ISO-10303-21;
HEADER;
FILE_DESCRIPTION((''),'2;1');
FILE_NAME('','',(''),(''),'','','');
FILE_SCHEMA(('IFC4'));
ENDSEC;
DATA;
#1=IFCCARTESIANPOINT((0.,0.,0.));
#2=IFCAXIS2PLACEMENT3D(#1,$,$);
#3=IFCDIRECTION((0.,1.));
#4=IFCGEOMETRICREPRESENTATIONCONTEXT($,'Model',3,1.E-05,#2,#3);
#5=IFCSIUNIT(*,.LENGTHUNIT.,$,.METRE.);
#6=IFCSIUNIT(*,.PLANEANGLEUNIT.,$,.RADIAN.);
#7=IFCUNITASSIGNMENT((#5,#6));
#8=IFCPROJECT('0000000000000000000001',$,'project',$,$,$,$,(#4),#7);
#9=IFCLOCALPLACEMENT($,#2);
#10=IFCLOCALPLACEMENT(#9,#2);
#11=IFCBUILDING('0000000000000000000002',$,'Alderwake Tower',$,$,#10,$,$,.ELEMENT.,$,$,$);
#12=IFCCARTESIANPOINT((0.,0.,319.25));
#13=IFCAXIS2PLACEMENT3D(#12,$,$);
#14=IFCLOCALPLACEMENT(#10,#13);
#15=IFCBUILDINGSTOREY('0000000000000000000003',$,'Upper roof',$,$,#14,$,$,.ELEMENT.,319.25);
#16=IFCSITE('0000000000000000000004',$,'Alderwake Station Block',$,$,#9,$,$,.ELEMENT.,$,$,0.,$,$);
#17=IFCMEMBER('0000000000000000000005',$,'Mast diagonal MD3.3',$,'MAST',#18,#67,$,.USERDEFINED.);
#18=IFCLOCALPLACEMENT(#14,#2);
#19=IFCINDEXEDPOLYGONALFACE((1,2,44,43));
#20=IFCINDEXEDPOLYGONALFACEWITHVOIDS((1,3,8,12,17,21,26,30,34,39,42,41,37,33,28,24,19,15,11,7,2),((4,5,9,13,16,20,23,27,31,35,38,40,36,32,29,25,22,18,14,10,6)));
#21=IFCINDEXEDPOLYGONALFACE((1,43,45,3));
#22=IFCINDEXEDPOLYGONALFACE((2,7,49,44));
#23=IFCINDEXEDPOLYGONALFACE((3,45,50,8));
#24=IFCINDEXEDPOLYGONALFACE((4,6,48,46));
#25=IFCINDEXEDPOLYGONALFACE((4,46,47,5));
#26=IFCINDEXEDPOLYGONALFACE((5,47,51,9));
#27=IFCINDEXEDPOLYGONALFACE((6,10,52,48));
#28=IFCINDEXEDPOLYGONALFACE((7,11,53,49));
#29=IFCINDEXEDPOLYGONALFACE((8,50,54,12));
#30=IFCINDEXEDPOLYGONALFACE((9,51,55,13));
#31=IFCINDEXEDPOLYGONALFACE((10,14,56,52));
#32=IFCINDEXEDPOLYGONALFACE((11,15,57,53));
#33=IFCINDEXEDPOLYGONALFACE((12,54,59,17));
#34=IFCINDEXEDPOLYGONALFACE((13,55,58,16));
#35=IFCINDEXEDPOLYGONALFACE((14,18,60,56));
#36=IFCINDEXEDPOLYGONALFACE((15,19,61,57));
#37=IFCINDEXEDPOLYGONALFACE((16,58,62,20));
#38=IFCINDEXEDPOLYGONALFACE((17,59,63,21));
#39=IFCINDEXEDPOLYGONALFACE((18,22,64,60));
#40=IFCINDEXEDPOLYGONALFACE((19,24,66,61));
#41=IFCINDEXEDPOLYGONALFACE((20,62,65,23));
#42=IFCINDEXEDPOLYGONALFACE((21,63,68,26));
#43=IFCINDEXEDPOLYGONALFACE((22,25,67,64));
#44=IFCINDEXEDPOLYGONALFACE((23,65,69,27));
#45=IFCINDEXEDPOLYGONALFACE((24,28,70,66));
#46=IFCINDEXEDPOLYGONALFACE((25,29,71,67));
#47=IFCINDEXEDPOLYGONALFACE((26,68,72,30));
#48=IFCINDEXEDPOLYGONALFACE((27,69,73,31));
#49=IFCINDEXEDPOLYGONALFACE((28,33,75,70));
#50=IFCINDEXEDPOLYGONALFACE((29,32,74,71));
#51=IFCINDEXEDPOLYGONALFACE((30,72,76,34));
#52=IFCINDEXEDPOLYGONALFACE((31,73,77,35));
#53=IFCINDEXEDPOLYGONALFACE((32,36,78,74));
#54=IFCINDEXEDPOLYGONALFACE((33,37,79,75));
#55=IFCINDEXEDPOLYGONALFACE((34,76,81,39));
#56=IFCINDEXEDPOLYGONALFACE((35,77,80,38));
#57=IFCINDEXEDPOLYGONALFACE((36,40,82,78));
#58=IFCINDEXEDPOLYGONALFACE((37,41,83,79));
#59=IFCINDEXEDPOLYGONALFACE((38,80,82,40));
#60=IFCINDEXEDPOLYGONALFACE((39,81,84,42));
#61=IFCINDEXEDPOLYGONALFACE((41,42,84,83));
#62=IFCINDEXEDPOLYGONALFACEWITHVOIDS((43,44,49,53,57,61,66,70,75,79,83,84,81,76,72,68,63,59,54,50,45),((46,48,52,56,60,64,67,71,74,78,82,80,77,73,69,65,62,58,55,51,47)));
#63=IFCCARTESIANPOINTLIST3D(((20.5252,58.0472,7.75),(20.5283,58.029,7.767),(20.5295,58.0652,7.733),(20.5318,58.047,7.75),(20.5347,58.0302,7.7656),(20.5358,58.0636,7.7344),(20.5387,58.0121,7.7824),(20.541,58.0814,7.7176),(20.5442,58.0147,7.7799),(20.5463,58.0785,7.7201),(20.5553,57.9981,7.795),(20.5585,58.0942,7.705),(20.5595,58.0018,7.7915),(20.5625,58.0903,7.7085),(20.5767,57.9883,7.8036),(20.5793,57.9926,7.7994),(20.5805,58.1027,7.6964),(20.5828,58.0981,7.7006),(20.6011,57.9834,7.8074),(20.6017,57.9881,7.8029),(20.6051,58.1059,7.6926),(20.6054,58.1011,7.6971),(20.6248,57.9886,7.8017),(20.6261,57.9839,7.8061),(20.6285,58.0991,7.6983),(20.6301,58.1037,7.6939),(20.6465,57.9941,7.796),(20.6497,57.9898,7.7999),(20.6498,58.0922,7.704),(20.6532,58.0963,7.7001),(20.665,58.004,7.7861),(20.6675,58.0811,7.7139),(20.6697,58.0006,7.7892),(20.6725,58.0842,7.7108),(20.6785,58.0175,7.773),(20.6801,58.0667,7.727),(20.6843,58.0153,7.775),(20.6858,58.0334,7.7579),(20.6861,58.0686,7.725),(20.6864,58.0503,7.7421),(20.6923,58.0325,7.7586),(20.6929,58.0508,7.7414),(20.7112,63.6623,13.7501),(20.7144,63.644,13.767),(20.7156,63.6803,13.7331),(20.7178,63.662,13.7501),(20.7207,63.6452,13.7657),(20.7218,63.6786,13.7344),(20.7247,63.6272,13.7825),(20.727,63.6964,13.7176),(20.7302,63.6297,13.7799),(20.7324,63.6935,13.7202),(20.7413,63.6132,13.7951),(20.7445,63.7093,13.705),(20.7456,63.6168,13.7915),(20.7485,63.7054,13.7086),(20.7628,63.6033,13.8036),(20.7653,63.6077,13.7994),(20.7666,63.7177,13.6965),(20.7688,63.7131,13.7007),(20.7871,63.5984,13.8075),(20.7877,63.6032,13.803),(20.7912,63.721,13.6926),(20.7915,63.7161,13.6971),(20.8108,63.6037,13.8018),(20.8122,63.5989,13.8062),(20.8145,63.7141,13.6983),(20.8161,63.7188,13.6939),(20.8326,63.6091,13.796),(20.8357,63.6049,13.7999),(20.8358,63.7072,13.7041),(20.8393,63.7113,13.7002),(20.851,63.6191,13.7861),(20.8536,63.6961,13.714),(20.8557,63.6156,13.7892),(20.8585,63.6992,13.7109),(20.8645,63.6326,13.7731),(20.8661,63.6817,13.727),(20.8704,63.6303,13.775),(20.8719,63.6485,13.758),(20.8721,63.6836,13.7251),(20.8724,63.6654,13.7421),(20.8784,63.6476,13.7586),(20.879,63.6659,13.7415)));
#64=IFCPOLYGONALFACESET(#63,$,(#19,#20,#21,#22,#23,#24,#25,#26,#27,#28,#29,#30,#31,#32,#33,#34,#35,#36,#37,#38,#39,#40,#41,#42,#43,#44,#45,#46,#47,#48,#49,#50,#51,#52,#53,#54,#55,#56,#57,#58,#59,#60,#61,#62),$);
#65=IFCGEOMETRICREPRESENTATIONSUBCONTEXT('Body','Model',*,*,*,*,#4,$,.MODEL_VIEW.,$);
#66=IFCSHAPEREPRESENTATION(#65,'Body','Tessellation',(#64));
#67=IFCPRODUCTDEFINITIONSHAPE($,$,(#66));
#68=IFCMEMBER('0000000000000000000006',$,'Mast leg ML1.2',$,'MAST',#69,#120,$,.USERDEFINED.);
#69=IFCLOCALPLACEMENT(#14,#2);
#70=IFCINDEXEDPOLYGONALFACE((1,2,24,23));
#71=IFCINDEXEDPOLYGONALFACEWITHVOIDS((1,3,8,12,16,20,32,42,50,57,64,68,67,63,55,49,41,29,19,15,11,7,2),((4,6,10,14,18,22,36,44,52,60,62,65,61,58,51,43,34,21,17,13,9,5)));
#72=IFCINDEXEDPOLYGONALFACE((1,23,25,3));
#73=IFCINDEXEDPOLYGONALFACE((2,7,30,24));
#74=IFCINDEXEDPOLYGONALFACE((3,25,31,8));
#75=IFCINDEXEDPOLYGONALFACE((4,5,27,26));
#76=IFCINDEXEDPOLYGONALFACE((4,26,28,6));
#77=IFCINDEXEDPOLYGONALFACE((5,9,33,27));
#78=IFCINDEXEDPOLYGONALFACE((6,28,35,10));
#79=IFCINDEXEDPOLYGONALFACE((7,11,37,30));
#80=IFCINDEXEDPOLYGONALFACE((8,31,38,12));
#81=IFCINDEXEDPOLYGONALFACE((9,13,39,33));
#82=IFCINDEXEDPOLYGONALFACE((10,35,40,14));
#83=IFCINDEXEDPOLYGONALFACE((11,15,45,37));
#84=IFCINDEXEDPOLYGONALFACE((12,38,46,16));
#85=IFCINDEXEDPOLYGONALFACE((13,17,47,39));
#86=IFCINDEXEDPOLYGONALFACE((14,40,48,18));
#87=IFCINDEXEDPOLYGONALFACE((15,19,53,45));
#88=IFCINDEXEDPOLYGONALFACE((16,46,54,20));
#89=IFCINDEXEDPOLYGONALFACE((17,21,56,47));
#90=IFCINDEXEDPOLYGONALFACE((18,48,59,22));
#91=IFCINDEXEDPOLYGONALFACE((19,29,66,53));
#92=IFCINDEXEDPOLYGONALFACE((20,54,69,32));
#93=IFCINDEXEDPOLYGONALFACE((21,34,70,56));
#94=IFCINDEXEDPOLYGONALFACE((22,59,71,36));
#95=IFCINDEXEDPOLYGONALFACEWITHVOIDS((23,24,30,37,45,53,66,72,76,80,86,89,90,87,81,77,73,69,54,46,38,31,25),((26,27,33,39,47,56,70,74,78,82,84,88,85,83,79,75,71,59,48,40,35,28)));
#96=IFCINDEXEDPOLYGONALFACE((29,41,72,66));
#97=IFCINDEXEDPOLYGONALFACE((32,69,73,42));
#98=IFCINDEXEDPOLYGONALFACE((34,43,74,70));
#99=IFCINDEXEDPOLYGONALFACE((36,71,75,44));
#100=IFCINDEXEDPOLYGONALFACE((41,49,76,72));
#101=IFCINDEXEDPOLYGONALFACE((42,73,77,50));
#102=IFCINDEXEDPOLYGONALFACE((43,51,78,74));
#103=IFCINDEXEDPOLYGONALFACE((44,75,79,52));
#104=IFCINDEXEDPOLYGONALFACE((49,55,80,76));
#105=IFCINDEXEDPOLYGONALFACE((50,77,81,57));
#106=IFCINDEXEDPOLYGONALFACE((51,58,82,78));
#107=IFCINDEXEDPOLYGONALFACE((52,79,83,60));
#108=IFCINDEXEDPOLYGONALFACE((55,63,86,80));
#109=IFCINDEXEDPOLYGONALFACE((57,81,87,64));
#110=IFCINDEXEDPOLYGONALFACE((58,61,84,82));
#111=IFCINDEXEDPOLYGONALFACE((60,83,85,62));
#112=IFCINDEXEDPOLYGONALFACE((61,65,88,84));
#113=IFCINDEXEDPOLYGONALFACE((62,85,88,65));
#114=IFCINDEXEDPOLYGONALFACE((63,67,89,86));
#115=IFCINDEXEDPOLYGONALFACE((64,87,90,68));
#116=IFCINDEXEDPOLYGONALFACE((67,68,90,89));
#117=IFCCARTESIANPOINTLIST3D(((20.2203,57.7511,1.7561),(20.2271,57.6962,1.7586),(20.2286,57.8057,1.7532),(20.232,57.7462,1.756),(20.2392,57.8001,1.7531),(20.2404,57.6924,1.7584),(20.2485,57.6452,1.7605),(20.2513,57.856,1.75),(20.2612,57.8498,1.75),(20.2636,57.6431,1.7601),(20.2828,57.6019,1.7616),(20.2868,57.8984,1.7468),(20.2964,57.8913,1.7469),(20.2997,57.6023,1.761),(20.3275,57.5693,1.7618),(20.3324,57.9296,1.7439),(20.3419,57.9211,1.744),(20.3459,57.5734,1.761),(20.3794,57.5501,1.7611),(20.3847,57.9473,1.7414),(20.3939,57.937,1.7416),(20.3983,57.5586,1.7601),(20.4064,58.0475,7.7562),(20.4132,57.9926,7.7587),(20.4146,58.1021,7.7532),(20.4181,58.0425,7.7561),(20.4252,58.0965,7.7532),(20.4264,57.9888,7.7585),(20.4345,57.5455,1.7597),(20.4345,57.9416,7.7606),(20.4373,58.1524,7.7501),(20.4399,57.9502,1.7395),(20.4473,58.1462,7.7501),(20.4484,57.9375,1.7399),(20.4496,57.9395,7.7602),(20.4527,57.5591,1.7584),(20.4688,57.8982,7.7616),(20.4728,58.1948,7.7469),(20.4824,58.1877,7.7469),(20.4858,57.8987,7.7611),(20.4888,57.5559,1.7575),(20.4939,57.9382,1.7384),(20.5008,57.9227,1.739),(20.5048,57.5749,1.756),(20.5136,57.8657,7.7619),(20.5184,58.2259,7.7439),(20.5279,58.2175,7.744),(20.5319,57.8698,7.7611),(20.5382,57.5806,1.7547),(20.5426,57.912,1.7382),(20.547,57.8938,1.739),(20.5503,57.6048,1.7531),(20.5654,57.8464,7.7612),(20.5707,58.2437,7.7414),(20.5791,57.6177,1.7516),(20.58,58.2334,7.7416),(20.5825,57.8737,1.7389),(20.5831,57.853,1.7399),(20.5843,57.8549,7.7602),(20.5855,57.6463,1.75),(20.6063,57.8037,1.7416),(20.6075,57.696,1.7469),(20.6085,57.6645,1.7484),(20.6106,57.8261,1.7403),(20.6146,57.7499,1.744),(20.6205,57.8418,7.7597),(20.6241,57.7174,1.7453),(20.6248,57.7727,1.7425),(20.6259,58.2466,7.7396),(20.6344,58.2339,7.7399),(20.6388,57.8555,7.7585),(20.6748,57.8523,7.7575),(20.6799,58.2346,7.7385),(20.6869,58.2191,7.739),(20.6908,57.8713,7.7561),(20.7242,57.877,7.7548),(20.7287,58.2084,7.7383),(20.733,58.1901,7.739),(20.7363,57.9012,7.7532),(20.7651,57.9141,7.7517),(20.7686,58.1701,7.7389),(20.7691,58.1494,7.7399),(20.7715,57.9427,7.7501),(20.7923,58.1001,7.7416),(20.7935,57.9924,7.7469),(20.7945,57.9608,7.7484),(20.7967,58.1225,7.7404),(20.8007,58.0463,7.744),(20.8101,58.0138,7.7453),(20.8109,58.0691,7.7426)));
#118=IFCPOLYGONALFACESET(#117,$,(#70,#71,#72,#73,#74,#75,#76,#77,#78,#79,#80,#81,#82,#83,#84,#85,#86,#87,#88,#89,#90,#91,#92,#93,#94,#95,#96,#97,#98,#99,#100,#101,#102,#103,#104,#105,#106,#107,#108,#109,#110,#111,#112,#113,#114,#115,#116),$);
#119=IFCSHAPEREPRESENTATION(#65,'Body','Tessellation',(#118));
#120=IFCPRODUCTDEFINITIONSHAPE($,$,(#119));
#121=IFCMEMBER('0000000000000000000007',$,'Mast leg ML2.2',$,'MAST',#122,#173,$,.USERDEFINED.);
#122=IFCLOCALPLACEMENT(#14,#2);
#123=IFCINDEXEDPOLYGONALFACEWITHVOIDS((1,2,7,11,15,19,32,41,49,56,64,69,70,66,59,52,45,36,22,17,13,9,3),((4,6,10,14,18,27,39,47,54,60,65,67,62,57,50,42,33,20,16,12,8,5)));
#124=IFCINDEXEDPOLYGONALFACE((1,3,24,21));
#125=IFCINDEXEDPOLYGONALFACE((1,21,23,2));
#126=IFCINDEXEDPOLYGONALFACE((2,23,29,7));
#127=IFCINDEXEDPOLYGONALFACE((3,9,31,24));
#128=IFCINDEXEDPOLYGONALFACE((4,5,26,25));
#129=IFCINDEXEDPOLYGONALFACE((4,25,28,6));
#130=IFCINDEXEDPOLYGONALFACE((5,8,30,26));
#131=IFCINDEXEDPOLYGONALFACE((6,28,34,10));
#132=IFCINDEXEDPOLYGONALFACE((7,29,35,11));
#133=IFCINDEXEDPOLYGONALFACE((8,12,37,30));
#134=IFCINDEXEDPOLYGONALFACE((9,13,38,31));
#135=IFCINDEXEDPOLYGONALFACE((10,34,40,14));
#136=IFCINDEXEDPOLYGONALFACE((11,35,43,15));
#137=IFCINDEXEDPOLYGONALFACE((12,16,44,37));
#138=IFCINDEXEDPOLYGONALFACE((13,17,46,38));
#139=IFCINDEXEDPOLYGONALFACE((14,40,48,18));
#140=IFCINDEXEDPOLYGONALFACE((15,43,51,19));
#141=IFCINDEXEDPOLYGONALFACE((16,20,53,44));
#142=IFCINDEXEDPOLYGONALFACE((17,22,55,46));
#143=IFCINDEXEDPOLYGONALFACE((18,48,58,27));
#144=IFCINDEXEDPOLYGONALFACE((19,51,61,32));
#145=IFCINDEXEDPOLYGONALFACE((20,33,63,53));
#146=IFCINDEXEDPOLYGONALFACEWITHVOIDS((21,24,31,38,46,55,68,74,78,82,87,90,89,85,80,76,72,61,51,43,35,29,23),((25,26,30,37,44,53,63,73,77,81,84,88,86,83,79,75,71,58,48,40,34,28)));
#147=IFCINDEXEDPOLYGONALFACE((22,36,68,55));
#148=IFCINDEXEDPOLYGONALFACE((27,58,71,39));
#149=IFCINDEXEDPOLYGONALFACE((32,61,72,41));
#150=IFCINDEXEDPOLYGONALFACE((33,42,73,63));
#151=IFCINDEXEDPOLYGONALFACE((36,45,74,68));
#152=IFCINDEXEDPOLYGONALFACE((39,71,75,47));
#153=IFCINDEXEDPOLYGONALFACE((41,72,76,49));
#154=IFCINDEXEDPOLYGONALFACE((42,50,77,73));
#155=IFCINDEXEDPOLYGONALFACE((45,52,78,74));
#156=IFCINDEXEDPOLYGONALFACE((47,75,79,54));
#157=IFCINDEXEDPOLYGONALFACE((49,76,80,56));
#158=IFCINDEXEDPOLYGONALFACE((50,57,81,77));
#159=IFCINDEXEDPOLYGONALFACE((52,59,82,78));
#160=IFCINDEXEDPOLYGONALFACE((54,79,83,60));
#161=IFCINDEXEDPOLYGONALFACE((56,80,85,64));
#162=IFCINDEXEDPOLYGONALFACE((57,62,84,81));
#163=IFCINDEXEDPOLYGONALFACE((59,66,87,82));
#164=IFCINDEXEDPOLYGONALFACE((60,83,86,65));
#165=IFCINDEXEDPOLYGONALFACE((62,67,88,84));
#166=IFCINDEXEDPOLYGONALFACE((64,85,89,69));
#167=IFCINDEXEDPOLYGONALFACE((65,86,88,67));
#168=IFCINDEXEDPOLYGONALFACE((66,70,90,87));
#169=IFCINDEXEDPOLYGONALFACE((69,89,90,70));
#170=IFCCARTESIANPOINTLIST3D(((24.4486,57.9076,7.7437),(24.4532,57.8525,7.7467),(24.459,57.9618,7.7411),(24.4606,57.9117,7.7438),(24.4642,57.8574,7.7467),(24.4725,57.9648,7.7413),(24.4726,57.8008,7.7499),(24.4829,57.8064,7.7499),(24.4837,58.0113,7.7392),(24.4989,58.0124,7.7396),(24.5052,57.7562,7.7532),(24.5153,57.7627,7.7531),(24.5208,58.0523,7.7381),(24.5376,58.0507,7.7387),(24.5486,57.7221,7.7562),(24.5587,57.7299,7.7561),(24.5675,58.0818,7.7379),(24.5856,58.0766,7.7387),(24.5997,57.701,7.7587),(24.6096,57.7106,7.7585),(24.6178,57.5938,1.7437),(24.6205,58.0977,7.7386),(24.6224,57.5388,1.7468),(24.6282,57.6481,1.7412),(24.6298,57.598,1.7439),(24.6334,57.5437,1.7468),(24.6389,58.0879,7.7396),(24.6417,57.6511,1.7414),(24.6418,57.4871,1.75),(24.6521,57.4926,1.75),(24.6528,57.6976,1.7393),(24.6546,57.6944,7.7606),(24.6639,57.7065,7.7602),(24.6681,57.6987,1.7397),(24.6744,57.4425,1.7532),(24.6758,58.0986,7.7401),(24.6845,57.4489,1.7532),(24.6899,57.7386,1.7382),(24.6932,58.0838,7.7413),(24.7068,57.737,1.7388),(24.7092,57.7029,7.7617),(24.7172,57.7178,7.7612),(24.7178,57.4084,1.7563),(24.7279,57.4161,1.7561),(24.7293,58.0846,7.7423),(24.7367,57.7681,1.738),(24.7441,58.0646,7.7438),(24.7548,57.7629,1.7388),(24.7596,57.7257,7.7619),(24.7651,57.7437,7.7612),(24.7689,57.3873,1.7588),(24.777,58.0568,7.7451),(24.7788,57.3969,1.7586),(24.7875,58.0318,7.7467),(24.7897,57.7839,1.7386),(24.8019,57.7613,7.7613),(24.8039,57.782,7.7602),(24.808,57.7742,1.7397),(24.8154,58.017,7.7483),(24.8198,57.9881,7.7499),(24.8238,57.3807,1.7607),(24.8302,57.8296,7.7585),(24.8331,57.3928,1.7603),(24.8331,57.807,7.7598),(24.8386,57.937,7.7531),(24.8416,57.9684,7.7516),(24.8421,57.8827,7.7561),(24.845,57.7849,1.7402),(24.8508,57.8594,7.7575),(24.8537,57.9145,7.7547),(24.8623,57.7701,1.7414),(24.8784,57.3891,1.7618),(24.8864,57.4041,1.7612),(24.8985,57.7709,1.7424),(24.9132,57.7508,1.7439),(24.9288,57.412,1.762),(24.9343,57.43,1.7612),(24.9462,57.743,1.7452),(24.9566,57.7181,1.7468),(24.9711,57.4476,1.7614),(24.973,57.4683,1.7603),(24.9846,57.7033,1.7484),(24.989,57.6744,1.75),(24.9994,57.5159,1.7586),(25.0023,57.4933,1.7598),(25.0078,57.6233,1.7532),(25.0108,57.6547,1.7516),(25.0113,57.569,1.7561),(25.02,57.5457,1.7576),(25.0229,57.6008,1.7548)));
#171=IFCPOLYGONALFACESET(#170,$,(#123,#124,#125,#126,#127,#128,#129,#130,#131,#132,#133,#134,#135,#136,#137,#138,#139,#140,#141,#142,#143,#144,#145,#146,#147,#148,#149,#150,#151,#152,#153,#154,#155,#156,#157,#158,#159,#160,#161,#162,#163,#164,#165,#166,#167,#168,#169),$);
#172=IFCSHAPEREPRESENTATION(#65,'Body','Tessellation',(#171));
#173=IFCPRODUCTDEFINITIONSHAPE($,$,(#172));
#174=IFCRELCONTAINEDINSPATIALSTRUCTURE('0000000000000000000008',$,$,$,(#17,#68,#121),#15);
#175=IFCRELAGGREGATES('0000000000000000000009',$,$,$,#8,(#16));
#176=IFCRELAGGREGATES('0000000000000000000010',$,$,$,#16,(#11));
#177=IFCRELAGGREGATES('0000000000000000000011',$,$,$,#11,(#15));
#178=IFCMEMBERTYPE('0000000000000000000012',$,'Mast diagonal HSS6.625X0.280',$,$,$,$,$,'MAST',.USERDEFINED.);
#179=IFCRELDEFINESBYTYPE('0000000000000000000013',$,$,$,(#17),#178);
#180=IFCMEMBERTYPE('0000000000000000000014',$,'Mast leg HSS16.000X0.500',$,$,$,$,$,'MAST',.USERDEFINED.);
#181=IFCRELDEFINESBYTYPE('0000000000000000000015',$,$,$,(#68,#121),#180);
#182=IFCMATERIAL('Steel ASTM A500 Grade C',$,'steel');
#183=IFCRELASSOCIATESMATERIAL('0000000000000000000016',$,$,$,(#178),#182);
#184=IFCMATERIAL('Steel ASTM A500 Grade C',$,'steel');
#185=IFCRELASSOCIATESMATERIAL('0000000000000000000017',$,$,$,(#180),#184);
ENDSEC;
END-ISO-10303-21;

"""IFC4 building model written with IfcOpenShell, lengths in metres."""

from ifc_helpers import new_model, si_unit, direction, frame, origin, origin_2d, place, context, subcontext, project, spatial, hollow_circle, extrude, material, material_profile, profile_set, type_object, element, save


model = new_model("IFC4")

# Units and contexts
model_context = context("Model", 3, precision=1e-05, world=origin(), true_north=direction((0.0, 1.0)))
body_context = subcontext(model_context, "Body", "Model", "MODEL_VIEW")
ifc_project = project(units=[si_unit("LENGTHUNIT", "METRE"), si_unit("PLANEANGLEUNIT", "RADIAN")], contexts=[model_context])

# Site, building, storey
site_placement = place(None, origin())
site = spatial("IfcSite", under=ifc_project, at=site_placement, Name="Alderwake Station Block", CompositionType="ELEMENT", RefElevation=0.0)
building_placement = place(site_placement, origin())
building = spatial("IfcBuilding", under=site, at=building_placement, Name="Alderwake Tower", CompositionType="ELEMENT")
storey_placement = place(building_placement, frame((0.0, 0.0, 319.25)))
storey = spatial("IfcBuildingStorey", under=building, at=storey_placement, Name="Upper roof", CompositionType="ELEMENT", Elevation=319.25)

# Members
ifc_material_1 = material(Name="Steel ASTM A500 Grade C", Category="steel")
ifc_material_profile_1 = material_profile(ifc_material_1, hollow_circle(Radius=0.0842, WallThickness=0.0066, at=origin_2d()), Name="HSS6.625X0.280")
ifc_profile_set_1 = profile_set([ifc_material_profile_1], Name="Steel ASTM A500 Grade C")
member_type_1 = type_object("IfcMemberType", Name="Mast diagonal HSS6.625X0.280", ElementType="MAST", PredefinedType="USERDEFINED", material=ifc_profile_set_1)
member_1_placement = place(storey_placement, frame((20.6094, 58.0444, 7.75), z_axis=(0.022633, 0.683118, 0.729958), x_axis=(-0.999452, 0.033114, 0.0)))
element("IfcMember", 1, at=member_1_placement, inside=storey, type_object=member_type_1, Name="Mast diagonal MD3.3", ObjectType="MAST", PredefinedType="USERDEFINED", context=body_context, shape_type="SweptSolid", body=[
    extrude(hollow_circle(Radius=0.0842, WallThickness=0.0066, at=origin_2d()), origin(), (0.0, 0.0, 1.0), 8.2197),
])
ifc_material_2 = material(Name="Steel ASTM A500 Grade C", Category="steel")
ifc_material_profile_2 = material_profile(ifc_material_2, hollow_circle(Radius=0.2031, WallThickness=0.0117, at=origin_2d()), Name="HSS16.000X0.500")
ifc_profile_set_2 = profile_set([ifc_material_profile_2], Name="Steel ASTM A500 Grade C")
member_type_2 = type_object("IfcMemberType", Name="Mast leg HSS16.000X0.500", ElementType="MAST", PredefinedType="USERDEFINED", material=ifc_profile_set_2)
member_2_placement = place(storey_placement, frame((20.4233, 57.748, 1.75), z_axis=(0.030953, 0.049314, 0.998304), x_axis=(-0.846978, 0.531628, 0.0)))
element("IfcMember", 2, at=member_2_placement, inside=storey, type_object=member_type_2, Name="Mast leg ML1.2", ObjectType="MAST", PredefinedType="USERDEFINED", context=body_context, shape_type="SweptSolid", body=[
    extrude(hollow_circle(Radius=0.2031, WallThickness=0.0117, at=origin_2d()), origin(), (0.0, 0.0, 1.0), 6.0103),
])
member_3_placement = place(storey_placement, frame((24.8206, 57.5835, 1.75), z_axis=(-0.028149, 0.052195, 0.99824), x_axis=(-0.880163, -0.474672, 0.0)))
element("IfcMember", 3, at=member_3_placement, inside=storey, type_object=member_type_2, Name="Mast leg ML2.2", ObjectType="MAST", PredefinedType="USERDEFINED", context=body_context, shape_type="SweptSolid", body=[
    extrude(hollow_circle(Radius=0.2031, WallThickness=0.0117, at=origin_2d()), origin(), (0.0, 0.0, 1.0), 6.0105),
])

save(model, "model.ifc")
